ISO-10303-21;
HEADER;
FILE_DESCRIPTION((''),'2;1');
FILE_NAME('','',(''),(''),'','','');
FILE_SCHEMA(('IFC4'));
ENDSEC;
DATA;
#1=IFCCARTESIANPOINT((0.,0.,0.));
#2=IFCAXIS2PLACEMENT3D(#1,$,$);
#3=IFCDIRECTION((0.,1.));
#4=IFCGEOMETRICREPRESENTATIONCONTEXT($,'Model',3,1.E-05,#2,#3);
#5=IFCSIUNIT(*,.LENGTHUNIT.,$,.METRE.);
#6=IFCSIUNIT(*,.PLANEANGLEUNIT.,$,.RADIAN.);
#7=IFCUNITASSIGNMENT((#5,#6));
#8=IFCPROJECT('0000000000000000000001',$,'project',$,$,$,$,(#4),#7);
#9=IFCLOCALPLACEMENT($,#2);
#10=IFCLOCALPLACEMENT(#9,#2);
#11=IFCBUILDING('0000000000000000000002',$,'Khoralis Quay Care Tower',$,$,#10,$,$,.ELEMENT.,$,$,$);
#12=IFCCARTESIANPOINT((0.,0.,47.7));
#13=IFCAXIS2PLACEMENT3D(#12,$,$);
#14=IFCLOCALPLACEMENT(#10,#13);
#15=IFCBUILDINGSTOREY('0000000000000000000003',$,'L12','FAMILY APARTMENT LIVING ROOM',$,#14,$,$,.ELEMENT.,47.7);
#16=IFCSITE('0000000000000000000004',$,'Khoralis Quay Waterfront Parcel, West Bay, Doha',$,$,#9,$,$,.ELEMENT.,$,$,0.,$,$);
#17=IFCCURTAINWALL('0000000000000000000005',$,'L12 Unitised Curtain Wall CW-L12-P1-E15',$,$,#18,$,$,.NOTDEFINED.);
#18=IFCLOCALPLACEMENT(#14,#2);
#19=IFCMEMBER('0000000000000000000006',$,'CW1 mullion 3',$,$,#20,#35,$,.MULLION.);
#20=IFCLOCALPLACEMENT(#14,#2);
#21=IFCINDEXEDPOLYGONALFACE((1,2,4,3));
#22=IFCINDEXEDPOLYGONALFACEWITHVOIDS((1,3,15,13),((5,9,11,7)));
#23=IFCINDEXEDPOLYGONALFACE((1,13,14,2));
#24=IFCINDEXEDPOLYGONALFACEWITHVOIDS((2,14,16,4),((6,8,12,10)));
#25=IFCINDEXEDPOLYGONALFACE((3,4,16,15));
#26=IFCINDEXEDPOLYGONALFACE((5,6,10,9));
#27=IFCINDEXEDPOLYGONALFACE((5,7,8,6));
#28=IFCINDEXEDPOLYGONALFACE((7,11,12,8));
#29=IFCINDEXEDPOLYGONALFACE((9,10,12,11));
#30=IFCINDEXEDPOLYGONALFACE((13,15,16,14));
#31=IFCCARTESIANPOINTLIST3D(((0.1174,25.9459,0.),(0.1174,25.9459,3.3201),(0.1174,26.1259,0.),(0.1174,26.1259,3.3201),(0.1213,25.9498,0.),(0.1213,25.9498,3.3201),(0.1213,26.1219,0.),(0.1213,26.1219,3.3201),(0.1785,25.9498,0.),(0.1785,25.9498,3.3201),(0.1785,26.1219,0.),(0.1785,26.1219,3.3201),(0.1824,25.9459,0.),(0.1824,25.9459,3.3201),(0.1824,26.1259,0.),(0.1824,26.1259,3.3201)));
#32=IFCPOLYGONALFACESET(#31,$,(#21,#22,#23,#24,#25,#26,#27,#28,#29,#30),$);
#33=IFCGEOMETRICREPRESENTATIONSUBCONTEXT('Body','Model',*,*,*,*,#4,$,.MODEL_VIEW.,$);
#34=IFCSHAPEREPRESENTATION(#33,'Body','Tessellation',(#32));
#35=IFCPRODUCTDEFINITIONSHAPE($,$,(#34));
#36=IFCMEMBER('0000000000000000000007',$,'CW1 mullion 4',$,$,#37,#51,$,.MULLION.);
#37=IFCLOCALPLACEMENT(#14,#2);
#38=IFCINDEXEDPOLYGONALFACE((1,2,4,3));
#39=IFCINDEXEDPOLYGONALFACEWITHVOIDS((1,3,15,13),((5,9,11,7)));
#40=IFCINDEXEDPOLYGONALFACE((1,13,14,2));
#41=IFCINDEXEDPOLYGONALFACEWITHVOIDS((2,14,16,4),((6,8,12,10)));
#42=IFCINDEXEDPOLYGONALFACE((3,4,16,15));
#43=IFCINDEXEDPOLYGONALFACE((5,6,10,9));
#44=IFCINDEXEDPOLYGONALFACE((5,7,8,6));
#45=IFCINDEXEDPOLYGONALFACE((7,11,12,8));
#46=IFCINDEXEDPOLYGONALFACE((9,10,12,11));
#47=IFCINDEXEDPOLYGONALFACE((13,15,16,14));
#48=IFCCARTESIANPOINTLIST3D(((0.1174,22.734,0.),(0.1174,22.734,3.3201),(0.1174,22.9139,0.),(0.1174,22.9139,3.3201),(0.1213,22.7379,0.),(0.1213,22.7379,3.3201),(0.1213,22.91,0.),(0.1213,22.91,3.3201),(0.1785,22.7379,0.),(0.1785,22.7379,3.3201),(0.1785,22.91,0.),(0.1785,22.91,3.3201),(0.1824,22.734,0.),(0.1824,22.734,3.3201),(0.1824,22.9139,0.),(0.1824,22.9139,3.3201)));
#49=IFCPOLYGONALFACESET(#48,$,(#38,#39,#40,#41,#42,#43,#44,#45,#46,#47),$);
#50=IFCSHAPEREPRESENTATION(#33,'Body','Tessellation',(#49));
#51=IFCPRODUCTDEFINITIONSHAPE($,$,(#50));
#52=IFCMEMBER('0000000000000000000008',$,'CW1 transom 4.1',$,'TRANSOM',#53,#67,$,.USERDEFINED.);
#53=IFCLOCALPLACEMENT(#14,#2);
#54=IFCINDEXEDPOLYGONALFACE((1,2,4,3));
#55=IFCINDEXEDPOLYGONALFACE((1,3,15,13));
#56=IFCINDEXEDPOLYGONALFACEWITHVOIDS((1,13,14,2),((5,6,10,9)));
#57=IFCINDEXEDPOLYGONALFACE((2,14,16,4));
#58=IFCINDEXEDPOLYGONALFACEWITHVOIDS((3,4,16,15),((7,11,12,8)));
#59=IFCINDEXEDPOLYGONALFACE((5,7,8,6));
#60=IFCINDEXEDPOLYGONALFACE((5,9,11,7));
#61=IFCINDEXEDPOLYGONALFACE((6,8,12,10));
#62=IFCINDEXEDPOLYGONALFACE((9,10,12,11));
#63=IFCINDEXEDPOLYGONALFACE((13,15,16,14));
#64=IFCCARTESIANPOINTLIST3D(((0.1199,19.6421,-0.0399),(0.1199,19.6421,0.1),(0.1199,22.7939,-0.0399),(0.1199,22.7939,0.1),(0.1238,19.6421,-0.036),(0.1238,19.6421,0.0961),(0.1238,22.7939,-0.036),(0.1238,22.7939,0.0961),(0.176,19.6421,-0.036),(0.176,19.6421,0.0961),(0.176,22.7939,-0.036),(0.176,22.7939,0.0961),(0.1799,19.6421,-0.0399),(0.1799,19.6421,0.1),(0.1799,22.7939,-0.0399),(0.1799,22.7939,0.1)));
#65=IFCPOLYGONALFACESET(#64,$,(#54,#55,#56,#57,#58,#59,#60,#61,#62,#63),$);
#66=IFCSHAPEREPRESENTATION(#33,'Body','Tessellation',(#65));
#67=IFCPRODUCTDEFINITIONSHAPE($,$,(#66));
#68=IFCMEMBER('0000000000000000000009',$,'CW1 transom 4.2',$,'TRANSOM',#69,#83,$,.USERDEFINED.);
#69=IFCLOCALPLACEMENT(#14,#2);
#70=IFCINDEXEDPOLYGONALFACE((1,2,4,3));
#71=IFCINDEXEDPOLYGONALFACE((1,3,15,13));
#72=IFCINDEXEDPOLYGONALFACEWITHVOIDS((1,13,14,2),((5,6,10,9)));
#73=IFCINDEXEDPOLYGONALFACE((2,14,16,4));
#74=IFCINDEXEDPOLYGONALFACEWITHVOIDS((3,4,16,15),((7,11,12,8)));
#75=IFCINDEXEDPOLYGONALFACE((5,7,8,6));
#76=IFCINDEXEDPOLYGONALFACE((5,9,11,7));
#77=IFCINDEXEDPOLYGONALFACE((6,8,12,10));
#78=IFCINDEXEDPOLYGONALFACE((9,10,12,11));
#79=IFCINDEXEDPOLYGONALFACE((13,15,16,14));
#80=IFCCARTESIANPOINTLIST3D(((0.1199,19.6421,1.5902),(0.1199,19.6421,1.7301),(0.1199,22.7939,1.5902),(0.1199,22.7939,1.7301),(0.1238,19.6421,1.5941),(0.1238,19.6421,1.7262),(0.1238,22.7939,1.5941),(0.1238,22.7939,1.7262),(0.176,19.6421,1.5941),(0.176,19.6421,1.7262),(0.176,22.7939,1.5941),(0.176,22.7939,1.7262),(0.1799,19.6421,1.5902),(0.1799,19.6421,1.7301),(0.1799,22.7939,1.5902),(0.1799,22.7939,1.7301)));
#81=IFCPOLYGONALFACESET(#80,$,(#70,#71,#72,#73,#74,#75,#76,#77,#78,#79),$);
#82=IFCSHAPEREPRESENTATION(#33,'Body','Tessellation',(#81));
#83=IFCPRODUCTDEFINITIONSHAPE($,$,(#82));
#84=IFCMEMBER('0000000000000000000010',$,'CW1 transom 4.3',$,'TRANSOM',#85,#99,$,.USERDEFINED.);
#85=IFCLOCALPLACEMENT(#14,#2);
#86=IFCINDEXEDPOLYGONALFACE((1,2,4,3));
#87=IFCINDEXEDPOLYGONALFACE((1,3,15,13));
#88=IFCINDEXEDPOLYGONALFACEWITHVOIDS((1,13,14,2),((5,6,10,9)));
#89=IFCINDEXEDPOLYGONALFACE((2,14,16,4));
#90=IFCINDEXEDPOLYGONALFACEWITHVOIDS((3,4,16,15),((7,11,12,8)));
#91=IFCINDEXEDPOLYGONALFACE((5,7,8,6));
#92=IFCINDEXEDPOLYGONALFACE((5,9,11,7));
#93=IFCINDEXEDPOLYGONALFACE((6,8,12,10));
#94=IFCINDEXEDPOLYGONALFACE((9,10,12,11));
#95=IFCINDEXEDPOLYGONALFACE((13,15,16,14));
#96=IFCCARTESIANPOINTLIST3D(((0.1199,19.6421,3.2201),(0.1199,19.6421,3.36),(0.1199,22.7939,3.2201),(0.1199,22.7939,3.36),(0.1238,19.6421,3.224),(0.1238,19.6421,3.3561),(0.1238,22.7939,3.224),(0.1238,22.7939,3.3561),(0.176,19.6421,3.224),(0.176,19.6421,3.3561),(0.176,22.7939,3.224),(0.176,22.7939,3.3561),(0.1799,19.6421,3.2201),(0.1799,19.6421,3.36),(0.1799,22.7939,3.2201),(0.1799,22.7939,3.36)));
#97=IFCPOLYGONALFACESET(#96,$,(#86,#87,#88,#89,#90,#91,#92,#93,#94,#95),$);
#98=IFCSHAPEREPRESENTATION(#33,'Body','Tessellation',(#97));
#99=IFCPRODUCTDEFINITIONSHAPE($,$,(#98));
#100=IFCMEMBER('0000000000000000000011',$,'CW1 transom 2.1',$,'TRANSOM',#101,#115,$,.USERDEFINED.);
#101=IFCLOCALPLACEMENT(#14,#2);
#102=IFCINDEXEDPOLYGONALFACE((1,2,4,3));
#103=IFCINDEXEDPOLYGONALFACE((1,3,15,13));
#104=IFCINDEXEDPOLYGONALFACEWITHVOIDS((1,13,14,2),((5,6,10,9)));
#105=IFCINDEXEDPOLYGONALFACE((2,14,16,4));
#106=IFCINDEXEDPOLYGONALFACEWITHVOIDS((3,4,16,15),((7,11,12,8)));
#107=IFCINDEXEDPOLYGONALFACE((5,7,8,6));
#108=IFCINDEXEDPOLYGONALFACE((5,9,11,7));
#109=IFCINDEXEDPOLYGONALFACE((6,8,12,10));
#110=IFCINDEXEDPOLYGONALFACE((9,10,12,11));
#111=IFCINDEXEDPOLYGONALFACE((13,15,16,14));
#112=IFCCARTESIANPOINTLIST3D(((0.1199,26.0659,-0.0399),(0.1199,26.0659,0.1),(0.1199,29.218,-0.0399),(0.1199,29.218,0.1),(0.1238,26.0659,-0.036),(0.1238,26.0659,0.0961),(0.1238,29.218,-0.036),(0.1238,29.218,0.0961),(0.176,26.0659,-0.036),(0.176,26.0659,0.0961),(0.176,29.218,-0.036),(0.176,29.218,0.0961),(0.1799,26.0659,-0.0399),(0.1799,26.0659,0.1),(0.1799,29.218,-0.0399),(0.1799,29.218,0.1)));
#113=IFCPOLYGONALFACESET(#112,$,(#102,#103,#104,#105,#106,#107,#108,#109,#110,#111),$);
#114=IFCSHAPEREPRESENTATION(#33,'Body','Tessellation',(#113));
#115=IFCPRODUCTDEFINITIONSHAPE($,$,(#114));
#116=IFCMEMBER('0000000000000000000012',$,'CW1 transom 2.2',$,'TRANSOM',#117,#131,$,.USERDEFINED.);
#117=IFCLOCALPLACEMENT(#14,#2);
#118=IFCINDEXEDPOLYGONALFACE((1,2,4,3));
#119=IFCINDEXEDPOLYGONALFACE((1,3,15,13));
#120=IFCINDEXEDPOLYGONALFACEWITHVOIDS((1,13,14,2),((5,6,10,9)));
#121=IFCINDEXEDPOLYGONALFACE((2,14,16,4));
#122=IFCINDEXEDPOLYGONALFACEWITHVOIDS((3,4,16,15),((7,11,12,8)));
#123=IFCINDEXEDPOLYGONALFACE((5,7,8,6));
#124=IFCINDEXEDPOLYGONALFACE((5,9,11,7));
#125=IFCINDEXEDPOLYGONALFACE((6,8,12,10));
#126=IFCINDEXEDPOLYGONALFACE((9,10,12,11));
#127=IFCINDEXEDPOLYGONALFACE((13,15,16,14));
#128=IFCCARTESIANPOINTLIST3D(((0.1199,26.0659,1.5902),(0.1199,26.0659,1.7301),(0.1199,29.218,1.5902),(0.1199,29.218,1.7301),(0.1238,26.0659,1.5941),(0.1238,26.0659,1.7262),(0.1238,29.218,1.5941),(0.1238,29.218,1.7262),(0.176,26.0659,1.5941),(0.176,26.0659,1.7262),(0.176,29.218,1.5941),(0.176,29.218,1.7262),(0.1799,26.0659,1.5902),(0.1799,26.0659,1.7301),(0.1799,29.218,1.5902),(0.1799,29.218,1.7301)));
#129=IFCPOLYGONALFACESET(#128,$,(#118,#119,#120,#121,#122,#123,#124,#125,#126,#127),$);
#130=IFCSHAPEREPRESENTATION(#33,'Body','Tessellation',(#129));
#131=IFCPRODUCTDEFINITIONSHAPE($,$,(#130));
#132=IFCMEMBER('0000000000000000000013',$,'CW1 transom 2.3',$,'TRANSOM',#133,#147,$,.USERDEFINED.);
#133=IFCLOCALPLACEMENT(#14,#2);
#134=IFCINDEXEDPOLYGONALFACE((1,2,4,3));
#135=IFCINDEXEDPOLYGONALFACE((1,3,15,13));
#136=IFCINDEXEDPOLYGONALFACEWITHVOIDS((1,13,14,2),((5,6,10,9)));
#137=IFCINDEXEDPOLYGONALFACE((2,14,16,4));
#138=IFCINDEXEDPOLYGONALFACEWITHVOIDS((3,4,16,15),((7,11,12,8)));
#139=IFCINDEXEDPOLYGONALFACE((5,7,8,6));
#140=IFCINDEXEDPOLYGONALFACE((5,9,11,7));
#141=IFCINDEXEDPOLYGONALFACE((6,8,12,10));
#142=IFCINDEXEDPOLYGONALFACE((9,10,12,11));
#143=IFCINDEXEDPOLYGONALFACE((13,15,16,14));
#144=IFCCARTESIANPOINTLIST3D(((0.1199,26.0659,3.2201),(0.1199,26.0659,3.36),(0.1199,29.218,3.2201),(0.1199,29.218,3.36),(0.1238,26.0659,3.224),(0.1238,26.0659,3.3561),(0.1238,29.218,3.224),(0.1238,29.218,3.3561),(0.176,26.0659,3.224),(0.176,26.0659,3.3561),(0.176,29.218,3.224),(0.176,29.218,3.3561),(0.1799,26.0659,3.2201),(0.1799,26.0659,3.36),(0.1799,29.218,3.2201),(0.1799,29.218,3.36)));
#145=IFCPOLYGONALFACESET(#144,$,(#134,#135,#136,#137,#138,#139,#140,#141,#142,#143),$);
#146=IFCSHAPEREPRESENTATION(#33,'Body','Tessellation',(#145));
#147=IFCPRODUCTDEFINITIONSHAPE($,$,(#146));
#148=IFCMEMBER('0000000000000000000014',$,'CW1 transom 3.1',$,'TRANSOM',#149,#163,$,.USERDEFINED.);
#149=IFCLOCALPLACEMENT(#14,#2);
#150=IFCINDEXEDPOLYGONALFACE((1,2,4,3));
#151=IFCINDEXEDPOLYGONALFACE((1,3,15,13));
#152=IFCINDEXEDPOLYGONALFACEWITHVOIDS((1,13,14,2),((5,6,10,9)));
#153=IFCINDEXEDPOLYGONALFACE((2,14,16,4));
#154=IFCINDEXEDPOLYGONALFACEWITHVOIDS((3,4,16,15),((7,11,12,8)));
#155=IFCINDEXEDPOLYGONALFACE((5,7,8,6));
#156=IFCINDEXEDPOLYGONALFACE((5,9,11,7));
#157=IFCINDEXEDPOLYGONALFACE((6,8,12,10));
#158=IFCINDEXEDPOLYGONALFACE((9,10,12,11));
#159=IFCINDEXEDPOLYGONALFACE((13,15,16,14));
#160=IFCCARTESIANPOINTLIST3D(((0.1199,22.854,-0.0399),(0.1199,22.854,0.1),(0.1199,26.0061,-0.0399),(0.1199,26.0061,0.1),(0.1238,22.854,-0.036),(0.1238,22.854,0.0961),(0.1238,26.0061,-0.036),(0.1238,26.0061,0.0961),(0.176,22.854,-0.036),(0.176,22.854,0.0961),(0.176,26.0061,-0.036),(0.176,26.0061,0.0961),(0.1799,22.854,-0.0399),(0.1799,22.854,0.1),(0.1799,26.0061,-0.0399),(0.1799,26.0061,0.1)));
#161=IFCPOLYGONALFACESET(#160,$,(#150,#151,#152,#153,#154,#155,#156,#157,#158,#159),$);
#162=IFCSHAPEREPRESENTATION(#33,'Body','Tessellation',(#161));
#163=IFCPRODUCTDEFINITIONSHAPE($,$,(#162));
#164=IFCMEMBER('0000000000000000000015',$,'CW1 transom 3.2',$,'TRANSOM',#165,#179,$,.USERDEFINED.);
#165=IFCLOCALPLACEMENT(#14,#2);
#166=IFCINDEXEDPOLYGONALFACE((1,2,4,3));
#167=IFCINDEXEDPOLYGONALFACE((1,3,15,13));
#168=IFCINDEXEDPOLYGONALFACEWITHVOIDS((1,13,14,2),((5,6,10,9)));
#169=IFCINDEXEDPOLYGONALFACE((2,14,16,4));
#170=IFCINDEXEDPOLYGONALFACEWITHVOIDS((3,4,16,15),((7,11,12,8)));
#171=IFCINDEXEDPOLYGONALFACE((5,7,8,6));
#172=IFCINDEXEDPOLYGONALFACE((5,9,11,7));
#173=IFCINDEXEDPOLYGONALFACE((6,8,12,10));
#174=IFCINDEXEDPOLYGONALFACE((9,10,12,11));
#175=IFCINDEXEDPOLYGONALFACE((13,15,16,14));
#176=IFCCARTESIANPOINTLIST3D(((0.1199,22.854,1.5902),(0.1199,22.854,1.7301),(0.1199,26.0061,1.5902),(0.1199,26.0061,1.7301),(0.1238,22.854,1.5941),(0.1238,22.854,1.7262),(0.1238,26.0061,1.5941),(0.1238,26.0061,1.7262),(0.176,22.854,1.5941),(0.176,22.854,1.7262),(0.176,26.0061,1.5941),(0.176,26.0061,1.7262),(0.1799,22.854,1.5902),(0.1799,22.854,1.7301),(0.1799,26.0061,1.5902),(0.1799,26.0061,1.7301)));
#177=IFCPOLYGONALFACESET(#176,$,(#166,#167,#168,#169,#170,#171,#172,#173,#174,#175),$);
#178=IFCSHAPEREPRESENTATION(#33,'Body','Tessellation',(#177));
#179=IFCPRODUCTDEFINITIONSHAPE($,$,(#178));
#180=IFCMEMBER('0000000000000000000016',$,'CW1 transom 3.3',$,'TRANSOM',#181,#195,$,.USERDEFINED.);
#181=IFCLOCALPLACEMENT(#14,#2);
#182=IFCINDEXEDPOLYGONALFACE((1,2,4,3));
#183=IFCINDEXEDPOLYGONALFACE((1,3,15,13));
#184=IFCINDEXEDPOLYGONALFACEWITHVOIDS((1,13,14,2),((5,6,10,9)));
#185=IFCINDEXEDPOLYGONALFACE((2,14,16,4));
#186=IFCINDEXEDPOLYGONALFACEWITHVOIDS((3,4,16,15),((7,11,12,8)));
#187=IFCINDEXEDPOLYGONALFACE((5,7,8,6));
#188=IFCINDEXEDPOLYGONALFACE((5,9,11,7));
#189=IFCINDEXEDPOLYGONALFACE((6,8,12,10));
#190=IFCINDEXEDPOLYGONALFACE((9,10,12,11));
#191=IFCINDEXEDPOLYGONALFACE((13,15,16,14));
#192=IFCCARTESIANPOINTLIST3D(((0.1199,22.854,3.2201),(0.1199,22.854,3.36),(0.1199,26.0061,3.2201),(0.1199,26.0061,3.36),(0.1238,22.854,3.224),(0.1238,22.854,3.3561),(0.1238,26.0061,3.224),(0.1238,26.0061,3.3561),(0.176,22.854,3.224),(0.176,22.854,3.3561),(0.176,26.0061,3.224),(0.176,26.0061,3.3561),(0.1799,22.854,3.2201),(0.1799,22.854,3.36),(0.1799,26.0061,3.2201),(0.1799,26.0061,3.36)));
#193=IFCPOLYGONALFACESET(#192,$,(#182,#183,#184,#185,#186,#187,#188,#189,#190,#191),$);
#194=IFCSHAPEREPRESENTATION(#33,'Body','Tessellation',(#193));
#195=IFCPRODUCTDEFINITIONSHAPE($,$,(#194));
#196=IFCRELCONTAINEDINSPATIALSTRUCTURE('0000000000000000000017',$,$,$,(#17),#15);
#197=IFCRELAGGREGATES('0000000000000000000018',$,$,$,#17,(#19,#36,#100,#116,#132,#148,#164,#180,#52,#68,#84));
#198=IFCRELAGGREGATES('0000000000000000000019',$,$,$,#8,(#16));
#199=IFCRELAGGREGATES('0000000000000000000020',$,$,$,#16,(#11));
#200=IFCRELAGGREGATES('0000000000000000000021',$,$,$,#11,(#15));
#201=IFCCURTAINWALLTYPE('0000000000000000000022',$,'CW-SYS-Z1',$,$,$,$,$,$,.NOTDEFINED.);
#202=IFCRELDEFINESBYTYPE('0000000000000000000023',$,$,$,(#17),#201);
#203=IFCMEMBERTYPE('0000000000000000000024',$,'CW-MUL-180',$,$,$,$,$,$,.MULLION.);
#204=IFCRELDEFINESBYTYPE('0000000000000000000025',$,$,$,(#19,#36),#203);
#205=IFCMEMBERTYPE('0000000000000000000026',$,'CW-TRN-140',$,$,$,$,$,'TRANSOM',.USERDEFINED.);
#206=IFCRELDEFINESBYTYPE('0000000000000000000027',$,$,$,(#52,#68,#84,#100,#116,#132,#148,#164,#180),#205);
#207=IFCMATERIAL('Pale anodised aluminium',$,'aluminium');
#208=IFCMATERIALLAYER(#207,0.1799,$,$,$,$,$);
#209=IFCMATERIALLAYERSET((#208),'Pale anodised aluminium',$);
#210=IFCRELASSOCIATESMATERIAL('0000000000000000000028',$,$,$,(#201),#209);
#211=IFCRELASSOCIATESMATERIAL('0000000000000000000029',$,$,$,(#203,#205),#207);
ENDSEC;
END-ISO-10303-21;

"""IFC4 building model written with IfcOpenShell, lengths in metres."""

from ifc_helpers import new_model, si_unit, direction, frame, origin, origin_2d, place, context, subcontext, project, spatial, hollow_rectangle, extrude, source, transform, mapped, material, layer, layer_set, material_profile, profile_set, type_object, element, aggregate, save


model = new_model("IFC4")

# Units and contexts
model_context = context("Model", 3, precision=1e-05, world=origin(), true_north=direction((0.0, 1.0)))
body_context = subcontext(model_context, "Body", "Model", "MODEL_VIEW")
ifc_project = project(units=[si_unit("LENGTHUNIT", "METRE"), si_unit("PLANEANGLEUNIT", "RADIAN")], contexts=[model_context])

# Site, building, storey
site_placement = place(None, origin())
site = spatial("IfcSite", under=ifc_project, at=site_placement, Name="Khoralis Quay Waterfront Parcel, West Bay, Doha", CompositionType="ELEMENT", RefElevation=0.0)
building_placement = place(site_placement, origin())
building = spatial("IfcBuilding", under=site, at=building_placement, Name="Khoralis Quay Care Tower", CompositionType="ELEMENT")
storey_placement = place(building_placement, frame((0.0, 0.0, 47.7)))
storey = spatial("IfcBuildingStorey", under=building, at=storey_placement, Name="L12", Description="FAMILY APARTMENT LIVING ROOM", CompositionType="ELEMENT", Elevation=47.7)

# Curtain wall, members
ifc_material_1 = material(Name="Pale anodised aluminium", Category="aluminium")
ifc_layer_1 = layer(ifc_material_1, 0.1799)
ifc_layer_set_1 = layer_set([ifc_layer_1], Name="Pale anodised aluminium")
curtain_wall_type = type_object("IfcCurtainWallType", Name="CW-SYS-Z1", PredefinedType="NOTDEFINED", material=ifc_layer_set_1)
curtain_wall_placement = place(storey_placement, origin())
curtain_wall = element("IfcCurtainWall", 1, at=curtain_wall_placement, inside=storey, type_object=curtain_wall_type, Name="L12 Unitised Curtain Wall CW-L12-P1-E15", PredefinedType="NOTDEFINED")
ifc_material_profile_1 = material_profile(ifc_material_1, hollow_rectangle(XDim=0.0649, YDim=0.1799, WallThickness=0.0039, at=origin_2d()), Name="Pale anodised aluminium")
ifc_profile_set_1 = profile_set([ifc_material_profile_1], Name="Pale anodised aluminium")
member_type_1 = type_object("IfcMemberType", Name="CW-MUL-180", PredefinedType="MULLION", material=ifc_profile_set_1)
shared_shape_1 = source(origin(), body_context, "Body", "SweptSolid", [
    extrude(hollow_rectangle(XDim=0.0649, YDim=0.1799, WallThickness=0.0039, at=origin_2d()), origin(), (0.0, 0.0, 1.0), 3.3201),
])
member_1_placement = place(storey_placement, frame((0.1499, 26.0359, 0.0), z_axis=(0.0, 0.0, 1.0), x_axis=(1.0, 0.0, 0.0)))
member_1 = element("IfcMember", 2, at=member_1_placement, type_object=member_type_1, Name="CW1 mullion 3", PredefinedType="MULLION", context=body_context, shape_type="MappedRepresentation", body=[
    mapped(shared_shape_1, transform((0.0, 0.0, 0.0), scale=1.0)),
])
member_2_placement = place(storey_placement, frame((0.1499, 22.824, 0.0), z_axis=(0.0, 0.0, 1.0), x_axis=(1.0, 0.0, 0.0)))
member_2 = element("IfcMember", 3, at=member_2_placement, type_object=member_type_1, Name="CW1 mullion 4", PredefinedType="MULLION", context=body_context, shape_type="MappedRepresentation", body=[
    mapped(shared_shape_1, transform((0.0, 0.0, 0.0), scale=1.0)),
])
ifc_material_profile_2 = material_profile(ifc_material_1, hollow_rectangle(XDim=0.0601, YDim=0.1399, WallThickness=0.0039, at=origin_2d()), Name="Pale anodised aluminium")
ifc_profile_set_2 = profile_set([ifc_material_profile_2], Name="Pale anodised aluminium")
member_type_2 = type_object("IfcMemberType", Name="CW-TRN-140", ElementType="TRANSOM", PredefinedType="USERDEFINED", material=ifc_profile_set_2)
shared_shape_2 = source(origin(), body_context, "Body", "SweptSolid", [
    extrude(hollow_rectangle(XDim=0.0601, YDim=0.1399, WallThickness=0.0039, at=origin_2d()), origin(), (0.0, 0.0, 1.0), 3.1519),
])
member_3_placement = place(storey_placement, frame((0.1499, 22.7939, 0.03), z_axis=(0.0, -1.0, 0.0), x_axis=(1.0, 0.0, 0.0)))
member_3 = element("IfcMember", 4, at=member_3_placement, type_object=member_type_2, Name="CW1 transom 4.1", ObjectType="TRANSOM", PredefinedType="USERDEFINED", context=body_context, shape_type="MappedRepresentation", body=[
    mapped(shared_shape_2, transform((0.0, 0.0, 0.0), scale=1.0)),
])
member_4_placement = place(storey_placement, frame((0.1499, 22.7939, 1.6602), z_axis=(0.0, -1.0, 0.0), x_axis=(1.0, 0.0, 0.0)))
member_4 = element("IfcMember", 5, at=member_4_placement, type_object=member_type_2, Name="CW1 transom 4.2", ObjectType="TRANSOM", PredefinedType="USERDEFINED", context=body_context, shape_type="MappedRepresentation", body=[
    mapped(shared_shape_2, transform((0.0, 0.0, 0.0), scale=1.0)),
])
member_5_placement = place(storey_placement, frame((0.1499, 22.7939, 3.29), z_axis=(0.0, -1.0, 0.0), x_axis=(1.0, 0.0, 0.0)))
member_5 = element("IfcMember", 6, at=member_5_placement, type_object=member_type_2, Name="CW1 transom 4.3", ObjectType="TRANSOM", PredefinedType="USERDEFINED", context=body_context, shape_type="MappedRepresentation", body=[
    mapped(shared_shape_2, transform((0.0, 0.0, 0.0), scale=1.0)),
])
shared_shape_3 = source(origin(), body_context, "Body", "SweptSolid", [
    extrude(hollow_rectangle(XDim=0.0601, YDim=0.1399, WallThickness=0.0039, at=origin_2d()), origin(), (0.0, 0.0, 1.0), 3.1521),
])
member_6_placement = place(storey_placement, frame((0.1499, 29.218, 0.03), z_axis=(0.0, -1.0, 0.0), x_axis=(1.0, 0.0, 0.0)))
member_6 = element("IfcMember", 7, at=member_6_placement, type_object=member_type_2, Name="CW1 transom 2.1", ObjectType="TRANSOM", PredefinedType="USERDEFINED", context=body_context, shape_type="MappedRepresentation", body=[
    mapped(shared_shape_3, transform((0.0, 0.0, 0.0), scale=1.0)),
])
member_7_placement = place(storey_placement, frame((0.1499, 29.218, 1.6602), z_axis=(0.0, -1.0, 0.0), x_axis=(1.0, 0.0, 0.0)))
member_7 = element("IfcMember", 8, at=member_7_placement, type_object=member_type_2, Name="CW1 transom 2.2", ObjectType="TRANSOM", PredefinedType="USERDEFINED", context=body_context, shape_type="MappedRepresentation", body=[
    mapped(shared_shape_3, transform((0.0, 0.0, 0.0), scale=1.0)),
])
member_8_placement = place(storey_placement, frame((0.1499, 29.218, 3.29), z_axis=(0.0, -1.0, 0.0), x_axis=(1.0, 0.0, 0.0)))
member_8 = element("IfcMember", 9, at=member_8_placement, type_object=member_type_2, Name="CW1 transom 2.3", ObjectType="TRANSOM", PredefinedType="USERDEFINED", context=body_context, shape_type="MappedRepresentation", body=[
    mapped(shared_shape_3, transform((0.0, 0.0, 0.0), scale=1.0)),
])
member_9_placement = place(storey_placement, frame((0.1499, 26.0061, 0.03), z_axis=(0.0, -1.0, 0.0), x_axis=(1.0, 0.0, 0.0)))
member_9 = element("IfcMember", 10, at=member_9_placement, type_object=member_type_2, Name="CW1 transom 3.1", ObjectType="TRANSOM", PredefinedType="USERDEFINED", context=body_context, shape_type="MappedRepresentation", body=[
    mapped(shared_shape_3, transform((0.0, 0.0, 0.0), scale=1.0)),
])
member_10_placement = place(storey_placement, frame((0.1499, 26.0061, 1.6602), z_axis=(0.0, -1.0, 0.0), x_axis=(1.0, 0.0, 0.0)))
member_10 = element("IfcMember", 11, at=member_10_placement, type_object=member_type_2, Name="CW1 transom 3.2", ObjectType="TRANSOM", PredefinedType="USERDEFINED", context=body_context, shape_type="MappedRepresentation", body=[
    mapped(shared_shape_3, transform((0.0, 0.0, 0.0), scale=1.0)),
])
member_11_placement = place(storey_placement, frame((0.1499, 26.0061, 3.29), z_axis=(0.0, -1.0, 0.0), x_axis=(1.0, 0.0, 0.0)))
member_11 = element("IfcMember", 12, at=member_11_placement, type_object=member_type_2, Name="CW1 transom 3.3", ObjectType="TRANSOM", PredefinedType="USERDEFINED", context=body_context, shape_type="MappedRepresentation", body=[
    mapped(shared_shape_3, transform((0.0, 0.0, 0.0), scale=1.0)),
])
aggregate(curtain_wall, [member_1, member_2, member_6, member_7, member_8, member_9, member_10, member_11, member_3, member_4, member_5])

save(model, "model.ifc")
